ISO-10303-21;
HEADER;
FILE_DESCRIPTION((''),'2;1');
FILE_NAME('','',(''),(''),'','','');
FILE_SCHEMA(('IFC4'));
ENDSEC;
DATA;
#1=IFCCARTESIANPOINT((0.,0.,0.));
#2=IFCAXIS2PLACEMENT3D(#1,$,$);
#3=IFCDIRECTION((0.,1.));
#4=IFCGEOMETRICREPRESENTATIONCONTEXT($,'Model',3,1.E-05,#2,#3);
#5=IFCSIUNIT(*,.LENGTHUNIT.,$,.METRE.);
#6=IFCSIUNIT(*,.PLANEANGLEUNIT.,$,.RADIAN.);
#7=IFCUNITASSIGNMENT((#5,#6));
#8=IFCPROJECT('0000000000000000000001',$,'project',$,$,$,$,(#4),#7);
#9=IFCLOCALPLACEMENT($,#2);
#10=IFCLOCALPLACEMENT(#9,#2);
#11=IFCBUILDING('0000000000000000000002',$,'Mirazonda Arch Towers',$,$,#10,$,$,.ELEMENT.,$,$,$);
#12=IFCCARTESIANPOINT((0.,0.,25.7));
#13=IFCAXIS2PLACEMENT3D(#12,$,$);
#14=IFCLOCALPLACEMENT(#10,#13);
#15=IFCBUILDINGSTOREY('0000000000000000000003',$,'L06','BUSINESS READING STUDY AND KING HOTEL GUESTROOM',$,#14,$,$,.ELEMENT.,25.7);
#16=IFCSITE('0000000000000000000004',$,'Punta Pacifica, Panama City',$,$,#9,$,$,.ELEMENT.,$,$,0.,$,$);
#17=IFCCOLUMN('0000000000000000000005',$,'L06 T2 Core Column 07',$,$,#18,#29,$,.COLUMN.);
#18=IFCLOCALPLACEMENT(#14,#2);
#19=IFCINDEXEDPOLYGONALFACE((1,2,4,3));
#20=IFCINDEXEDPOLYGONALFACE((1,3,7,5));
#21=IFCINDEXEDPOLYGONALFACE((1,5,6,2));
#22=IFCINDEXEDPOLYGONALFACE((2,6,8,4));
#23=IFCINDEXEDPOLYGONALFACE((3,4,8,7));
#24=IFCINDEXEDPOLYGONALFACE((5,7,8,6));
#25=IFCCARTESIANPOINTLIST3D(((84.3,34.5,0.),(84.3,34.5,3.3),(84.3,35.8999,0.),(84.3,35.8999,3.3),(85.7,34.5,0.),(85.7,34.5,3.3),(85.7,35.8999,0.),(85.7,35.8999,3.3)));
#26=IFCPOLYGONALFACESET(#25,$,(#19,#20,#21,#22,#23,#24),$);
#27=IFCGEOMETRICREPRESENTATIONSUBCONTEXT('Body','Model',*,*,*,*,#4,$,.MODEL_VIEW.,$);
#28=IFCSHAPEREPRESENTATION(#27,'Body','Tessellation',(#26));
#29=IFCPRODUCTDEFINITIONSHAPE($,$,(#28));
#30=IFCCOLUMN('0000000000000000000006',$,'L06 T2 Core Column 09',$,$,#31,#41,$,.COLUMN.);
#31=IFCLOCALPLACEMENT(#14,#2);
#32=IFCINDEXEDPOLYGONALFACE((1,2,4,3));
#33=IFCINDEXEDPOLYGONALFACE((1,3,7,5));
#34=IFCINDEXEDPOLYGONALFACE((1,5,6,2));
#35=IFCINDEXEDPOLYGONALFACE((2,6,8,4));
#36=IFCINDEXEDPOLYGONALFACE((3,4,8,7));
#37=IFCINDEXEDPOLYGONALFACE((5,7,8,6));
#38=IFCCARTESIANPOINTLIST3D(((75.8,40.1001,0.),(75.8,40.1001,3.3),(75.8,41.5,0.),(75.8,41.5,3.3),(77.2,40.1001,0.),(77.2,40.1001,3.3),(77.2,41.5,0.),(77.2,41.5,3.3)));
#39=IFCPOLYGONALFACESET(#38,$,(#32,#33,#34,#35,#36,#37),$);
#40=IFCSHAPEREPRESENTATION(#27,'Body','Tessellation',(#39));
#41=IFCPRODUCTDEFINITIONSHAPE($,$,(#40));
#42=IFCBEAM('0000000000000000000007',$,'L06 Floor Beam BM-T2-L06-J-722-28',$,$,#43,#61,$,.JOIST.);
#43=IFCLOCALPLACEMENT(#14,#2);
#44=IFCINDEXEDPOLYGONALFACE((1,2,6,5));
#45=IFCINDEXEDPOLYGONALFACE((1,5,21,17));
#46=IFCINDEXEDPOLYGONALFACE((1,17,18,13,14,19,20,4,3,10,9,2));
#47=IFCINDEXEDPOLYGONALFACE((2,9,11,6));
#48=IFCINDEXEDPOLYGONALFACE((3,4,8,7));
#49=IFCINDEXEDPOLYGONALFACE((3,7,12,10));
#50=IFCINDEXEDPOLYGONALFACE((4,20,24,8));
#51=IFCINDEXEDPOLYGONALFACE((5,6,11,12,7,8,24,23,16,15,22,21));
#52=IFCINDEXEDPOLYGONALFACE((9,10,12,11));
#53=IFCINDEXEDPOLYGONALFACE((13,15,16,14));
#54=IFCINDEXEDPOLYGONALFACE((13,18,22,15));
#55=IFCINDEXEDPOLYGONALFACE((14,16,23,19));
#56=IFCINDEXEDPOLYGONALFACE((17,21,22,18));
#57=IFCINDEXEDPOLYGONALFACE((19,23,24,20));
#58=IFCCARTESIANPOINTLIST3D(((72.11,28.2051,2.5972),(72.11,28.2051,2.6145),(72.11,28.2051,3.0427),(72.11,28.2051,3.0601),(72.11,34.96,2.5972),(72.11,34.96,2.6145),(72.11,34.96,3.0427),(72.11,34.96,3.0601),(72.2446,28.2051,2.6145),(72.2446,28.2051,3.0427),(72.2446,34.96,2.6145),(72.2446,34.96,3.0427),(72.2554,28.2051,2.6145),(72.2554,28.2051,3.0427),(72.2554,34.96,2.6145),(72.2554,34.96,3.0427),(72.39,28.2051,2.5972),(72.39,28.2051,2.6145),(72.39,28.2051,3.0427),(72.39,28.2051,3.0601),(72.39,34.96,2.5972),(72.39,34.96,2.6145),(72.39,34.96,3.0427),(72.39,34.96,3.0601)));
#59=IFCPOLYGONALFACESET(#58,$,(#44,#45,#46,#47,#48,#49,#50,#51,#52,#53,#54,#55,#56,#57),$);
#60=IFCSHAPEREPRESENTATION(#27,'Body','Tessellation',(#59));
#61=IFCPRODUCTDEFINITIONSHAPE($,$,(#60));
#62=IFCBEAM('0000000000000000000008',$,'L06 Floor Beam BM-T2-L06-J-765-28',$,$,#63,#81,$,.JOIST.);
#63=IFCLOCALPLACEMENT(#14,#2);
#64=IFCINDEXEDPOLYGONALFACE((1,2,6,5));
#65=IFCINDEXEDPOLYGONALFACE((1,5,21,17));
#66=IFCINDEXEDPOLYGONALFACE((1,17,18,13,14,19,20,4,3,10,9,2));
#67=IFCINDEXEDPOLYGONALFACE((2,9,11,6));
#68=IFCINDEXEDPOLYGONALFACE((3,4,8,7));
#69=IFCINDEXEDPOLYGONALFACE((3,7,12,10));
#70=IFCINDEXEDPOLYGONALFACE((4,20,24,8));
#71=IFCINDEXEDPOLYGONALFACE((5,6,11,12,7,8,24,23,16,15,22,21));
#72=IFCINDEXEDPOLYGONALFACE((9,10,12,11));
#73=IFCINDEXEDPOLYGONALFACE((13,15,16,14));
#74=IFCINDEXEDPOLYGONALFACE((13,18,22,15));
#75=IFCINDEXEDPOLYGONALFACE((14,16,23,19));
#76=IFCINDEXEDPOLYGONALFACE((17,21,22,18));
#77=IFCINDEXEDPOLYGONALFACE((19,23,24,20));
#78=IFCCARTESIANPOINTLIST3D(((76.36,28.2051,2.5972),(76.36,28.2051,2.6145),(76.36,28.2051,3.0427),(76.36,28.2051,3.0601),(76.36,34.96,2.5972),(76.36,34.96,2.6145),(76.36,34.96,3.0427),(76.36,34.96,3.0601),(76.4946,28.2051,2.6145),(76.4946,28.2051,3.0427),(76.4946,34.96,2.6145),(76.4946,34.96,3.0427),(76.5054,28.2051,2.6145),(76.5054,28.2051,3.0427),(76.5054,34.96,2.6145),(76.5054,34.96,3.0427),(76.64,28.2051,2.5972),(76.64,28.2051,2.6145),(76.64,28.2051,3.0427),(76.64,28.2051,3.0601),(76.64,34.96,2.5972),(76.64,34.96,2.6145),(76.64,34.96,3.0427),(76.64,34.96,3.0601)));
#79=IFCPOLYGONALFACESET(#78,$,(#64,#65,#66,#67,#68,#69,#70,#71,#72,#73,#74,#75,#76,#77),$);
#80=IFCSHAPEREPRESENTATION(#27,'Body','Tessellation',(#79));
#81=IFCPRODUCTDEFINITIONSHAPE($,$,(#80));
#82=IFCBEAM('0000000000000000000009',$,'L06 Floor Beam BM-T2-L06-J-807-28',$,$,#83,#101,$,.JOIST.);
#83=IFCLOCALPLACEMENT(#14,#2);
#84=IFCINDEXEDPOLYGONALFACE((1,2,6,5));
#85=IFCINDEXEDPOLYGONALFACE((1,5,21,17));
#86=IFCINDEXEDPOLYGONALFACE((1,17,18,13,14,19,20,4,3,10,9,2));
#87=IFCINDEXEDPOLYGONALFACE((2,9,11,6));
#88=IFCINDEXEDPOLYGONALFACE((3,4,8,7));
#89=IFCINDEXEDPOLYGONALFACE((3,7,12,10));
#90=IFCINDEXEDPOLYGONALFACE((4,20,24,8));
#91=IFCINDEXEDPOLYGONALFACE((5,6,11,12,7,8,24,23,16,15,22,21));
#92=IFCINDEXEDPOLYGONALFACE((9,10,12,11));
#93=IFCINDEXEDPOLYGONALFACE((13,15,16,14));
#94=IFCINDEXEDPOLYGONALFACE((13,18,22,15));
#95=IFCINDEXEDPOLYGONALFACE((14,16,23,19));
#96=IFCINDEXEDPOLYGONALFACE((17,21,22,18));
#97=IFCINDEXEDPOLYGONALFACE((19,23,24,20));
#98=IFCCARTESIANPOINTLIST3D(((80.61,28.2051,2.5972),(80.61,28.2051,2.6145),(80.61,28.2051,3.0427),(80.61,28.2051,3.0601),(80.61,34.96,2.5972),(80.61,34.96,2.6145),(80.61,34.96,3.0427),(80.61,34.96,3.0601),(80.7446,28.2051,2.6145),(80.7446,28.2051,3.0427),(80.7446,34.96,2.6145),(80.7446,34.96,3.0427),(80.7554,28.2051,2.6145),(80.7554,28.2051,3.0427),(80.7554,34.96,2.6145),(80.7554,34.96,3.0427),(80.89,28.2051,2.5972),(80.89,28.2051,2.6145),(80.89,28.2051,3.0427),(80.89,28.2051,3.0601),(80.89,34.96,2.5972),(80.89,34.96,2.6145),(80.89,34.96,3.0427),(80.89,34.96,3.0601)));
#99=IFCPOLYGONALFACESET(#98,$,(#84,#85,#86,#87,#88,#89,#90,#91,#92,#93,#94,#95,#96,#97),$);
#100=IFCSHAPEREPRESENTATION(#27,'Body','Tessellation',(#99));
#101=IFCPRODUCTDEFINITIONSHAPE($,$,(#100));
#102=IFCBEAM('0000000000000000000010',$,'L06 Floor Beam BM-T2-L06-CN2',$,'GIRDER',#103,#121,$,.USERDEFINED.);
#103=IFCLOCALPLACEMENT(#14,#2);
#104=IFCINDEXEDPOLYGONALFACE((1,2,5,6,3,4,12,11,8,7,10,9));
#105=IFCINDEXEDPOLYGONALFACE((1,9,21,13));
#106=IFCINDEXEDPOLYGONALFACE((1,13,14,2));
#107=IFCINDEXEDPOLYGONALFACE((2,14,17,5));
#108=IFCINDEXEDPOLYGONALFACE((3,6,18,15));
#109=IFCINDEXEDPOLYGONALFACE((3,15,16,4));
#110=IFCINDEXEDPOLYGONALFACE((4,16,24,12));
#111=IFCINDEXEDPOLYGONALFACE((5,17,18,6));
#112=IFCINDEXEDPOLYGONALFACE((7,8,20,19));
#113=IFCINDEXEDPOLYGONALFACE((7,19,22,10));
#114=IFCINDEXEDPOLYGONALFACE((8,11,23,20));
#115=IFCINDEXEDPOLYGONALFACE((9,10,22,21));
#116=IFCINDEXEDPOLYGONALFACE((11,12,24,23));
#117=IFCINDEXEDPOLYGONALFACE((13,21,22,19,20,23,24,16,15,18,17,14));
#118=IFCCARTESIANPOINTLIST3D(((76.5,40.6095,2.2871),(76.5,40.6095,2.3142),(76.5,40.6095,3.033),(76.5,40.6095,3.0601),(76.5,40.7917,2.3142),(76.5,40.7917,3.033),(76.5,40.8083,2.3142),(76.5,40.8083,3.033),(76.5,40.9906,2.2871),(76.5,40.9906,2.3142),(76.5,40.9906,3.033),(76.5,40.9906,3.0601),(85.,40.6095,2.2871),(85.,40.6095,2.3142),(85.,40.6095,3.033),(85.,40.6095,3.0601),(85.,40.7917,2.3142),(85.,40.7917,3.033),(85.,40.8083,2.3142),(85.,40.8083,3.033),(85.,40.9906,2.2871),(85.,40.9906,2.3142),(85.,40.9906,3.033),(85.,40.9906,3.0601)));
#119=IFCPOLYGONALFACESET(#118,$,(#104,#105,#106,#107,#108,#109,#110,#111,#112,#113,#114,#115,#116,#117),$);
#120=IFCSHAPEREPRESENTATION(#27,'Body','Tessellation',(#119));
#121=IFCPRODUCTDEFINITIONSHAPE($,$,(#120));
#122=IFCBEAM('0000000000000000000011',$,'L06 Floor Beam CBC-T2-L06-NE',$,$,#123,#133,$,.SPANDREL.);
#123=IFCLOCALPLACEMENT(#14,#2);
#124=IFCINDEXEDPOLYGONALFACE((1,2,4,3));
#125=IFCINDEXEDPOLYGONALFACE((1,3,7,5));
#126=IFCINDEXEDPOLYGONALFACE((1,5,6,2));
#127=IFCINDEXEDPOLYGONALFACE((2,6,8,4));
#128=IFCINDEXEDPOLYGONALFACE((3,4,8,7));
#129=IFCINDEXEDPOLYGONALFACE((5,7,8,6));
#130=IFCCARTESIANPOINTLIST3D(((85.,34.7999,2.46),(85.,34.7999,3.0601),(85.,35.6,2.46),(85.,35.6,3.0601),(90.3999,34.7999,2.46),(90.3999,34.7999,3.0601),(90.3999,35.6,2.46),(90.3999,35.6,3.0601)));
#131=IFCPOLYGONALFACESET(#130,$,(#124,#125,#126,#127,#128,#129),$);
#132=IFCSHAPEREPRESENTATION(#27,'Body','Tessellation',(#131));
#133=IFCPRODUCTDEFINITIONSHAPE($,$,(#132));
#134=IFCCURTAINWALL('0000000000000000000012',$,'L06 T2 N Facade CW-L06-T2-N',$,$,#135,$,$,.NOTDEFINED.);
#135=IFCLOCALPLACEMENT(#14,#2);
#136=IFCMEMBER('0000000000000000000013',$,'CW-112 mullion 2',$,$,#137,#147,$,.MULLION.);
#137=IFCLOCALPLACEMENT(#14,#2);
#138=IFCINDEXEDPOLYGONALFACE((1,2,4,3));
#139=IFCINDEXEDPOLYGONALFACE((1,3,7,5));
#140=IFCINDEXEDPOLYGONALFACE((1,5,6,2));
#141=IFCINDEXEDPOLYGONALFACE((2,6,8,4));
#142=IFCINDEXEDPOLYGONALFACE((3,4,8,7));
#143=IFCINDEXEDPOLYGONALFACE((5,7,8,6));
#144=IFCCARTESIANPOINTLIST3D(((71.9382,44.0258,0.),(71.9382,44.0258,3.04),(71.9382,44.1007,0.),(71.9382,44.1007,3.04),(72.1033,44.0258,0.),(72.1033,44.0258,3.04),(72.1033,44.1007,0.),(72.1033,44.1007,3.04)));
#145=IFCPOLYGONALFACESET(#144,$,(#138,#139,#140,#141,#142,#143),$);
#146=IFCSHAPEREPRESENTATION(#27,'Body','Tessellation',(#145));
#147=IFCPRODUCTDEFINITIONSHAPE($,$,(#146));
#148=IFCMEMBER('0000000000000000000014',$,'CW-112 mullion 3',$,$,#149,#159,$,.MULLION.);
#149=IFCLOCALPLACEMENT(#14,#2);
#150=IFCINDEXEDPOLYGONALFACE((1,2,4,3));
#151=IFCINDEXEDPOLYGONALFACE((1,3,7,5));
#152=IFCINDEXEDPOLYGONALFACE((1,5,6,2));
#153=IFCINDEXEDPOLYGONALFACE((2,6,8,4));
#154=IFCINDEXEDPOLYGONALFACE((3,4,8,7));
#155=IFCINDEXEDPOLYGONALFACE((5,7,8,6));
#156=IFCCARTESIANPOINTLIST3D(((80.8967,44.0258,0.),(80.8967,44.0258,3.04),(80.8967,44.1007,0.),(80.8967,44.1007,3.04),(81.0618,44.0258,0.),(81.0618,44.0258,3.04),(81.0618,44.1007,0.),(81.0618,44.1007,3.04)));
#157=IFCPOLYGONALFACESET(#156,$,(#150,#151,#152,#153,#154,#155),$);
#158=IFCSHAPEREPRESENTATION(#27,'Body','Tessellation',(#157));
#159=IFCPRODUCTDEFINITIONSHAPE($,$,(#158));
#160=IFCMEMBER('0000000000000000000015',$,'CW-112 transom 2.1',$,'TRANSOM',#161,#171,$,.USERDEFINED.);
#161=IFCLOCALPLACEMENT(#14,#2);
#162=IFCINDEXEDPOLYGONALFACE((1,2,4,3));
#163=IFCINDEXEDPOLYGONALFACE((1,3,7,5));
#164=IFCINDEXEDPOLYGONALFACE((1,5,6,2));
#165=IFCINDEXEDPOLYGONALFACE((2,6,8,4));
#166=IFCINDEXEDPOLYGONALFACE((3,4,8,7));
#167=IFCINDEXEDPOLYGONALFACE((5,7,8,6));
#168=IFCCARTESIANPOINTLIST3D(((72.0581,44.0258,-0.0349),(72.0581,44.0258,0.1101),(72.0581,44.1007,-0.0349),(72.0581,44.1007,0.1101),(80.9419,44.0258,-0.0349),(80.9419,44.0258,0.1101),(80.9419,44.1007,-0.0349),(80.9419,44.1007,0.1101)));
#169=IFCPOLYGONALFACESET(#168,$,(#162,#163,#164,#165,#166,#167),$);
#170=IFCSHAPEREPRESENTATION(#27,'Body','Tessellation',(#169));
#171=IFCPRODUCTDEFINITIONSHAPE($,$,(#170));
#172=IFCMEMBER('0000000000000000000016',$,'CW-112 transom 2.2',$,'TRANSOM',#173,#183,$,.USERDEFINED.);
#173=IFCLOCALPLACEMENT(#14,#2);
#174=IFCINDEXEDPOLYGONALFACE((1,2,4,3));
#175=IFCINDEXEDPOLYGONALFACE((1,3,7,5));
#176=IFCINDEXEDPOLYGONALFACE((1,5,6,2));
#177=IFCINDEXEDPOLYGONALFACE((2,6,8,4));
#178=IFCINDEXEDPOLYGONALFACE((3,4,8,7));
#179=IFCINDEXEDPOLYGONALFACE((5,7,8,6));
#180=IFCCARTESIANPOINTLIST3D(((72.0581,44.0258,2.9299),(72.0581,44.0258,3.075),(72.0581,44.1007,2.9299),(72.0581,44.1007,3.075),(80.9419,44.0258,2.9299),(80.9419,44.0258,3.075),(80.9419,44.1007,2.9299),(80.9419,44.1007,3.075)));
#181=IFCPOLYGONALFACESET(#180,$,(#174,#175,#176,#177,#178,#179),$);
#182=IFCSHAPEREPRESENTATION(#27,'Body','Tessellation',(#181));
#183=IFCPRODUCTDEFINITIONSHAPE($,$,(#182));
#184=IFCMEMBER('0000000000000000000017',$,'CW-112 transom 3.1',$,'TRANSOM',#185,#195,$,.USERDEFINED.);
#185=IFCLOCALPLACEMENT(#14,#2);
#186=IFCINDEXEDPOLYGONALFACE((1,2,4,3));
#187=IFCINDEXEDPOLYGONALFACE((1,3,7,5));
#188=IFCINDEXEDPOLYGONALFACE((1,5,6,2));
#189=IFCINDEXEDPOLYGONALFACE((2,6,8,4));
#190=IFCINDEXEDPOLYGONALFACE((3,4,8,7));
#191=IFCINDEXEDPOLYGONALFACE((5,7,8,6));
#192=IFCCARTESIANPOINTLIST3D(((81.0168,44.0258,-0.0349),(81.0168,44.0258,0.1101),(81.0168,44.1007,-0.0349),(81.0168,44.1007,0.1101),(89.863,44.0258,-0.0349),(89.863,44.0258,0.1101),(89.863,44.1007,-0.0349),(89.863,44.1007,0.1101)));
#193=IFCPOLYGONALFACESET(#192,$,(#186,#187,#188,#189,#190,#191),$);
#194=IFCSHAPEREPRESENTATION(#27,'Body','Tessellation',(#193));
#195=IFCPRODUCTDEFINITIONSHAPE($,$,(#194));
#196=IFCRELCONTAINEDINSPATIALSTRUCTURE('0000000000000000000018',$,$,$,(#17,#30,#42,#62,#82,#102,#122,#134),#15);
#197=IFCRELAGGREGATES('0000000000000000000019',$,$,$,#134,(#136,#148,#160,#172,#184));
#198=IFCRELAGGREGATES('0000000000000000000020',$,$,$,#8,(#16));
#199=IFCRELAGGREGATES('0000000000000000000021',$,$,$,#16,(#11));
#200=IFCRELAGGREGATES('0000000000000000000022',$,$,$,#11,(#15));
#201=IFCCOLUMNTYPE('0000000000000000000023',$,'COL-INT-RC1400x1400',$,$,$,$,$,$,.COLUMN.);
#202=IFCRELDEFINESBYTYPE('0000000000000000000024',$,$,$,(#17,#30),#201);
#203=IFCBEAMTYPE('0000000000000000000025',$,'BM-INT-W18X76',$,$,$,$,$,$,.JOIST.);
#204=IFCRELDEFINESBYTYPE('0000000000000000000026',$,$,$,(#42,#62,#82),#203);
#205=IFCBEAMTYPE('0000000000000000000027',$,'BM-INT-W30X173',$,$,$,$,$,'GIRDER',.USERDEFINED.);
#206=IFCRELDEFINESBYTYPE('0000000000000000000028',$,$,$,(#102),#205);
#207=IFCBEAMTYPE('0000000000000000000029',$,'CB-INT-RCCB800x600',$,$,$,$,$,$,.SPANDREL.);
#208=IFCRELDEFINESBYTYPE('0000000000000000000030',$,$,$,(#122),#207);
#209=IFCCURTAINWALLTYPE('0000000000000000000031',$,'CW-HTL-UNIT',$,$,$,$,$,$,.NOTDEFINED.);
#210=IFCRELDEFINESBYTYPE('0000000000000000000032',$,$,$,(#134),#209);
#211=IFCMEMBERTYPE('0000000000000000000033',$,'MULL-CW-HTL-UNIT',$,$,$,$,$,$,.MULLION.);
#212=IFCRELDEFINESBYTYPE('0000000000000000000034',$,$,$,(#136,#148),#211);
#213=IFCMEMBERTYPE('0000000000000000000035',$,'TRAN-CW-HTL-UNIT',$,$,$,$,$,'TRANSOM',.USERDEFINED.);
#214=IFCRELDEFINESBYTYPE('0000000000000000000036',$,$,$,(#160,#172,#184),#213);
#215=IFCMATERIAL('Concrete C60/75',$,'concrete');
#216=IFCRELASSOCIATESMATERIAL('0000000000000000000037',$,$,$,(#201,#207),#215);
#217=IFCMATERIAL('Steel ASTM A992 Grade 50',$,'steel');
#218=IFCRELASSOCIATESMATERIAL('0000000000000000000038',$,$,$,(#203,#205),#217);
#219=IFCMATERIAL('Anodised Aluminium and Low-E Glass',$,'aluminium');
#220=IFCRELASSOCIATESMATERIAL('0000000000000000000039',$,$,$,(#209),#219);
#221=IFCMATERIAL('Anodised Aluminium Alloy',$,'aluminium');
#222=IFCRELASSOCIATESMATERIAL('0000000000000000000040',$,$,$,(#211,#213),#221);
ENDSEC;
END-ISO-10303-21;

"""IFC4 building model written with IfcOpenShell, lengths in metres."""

from ifc_helpers import new_model, si_unit, direction, frame, origin, origin_2d, place, context, subcontext, project, spatial, rectangle, i_section, extrude, material, material_profile, profile_set, type_object, element, aggregate, save


model = new_model("IFC4")

# Units and contexts
model_context = context("Model", 3, precision=1e-05, world=origin(), true_north=direction((0.0, 1.0)))
body_context = subcontext(model_context, "Body", "Model", "MODEL_VIEW")
ifc_project = project(units=[si_unit("LENGTHUNIT", "METRE"), si_unit("PLANEANGLEUNIT", "RADIAN")], contexts=[model_context])

# Site, building, storey
site_placement = place(None, origin())
site = spatial("IfcSite", under=ifc_project, at=site_placement, Name="Punta Pacifica, Panama City", CompositionType="ELEMENT", RefElevation=0.0)
building_placement = place(site_placement, origin())
building = spatial("IfcBuilding", under=site, at=building_placement, Name="Mirazonda Arch Towers", CompositionType="ELEMENT")
storey_placement = place(building_placement, frame((0.0, 0.0, 25.7)))
storey = spatial("IfcBuildingStorey", under=building, at=storey_placement, Name="L06", Description="BUSINESS READING STUDY AND KING HOTEL GUESTROOM", CompositionType="ELEMENT", Elevation=25.7)

# Columns
ifc_material_1 = material(Name="Concrete C60/75", Category="concrete")
ifc_material_profile_1 = material_profile(ifc_material_1, rectangle(XDim=1.3999, YDim=1.3999, at=origin_2d()), Name="RC1400x1400")
ifc_profile_set_1 = profile_set([ifc_material_profile_1], Name="Concrete C60/75")
column_type = type_object("IfcColumnType", Name="COL-INT-RC1400x1400", PredefinedType="COLUMN", material=ifc_profile_set_1)
for number, where, z_axis, x_axis, name in (
    (1, (85.0, 35.2, 0.0), (0.0, 0.0, 1.0), (1.0, 0.0, 0.0), "L06 T2 Core Column 07"),
    (2, (76.5, 40.8, 0.0), (0.0, 0.0, 1.0), (1.0, 0.0, 0.0), "L06 T2 Core Column 09"),
):
    element("IfcColumn", number, at=place(storey_placement, frame(where, z_axis=z_axis, x_axis=x_axis)), inside=storey, type_object=column_type, Name=name, PredefinedType="COLUMN", context=body_context, shape_type="SweptSolid", body=[
        extrude(rectangle(XDim=1.3999, YDim=1.3999, at=origin_2d()), origin(), (0.0, 0.0, 1.0), 3.3),
    ])

# Beams
ifc_material_2 = material(Name="Steel ASTM A992 Grade 50", Category="steel")
ifc_material_profile_2 = material_profile(ifc_material_2, i_section(OverallWidth=0.28, OverallDepth=0.4629, WebThickness=0.0107, FlangeThickness=0.0173, at=origin_2d()), Name="W18X76")
ifc_profile_set_2 = profile_set([ifc_material_profile_2], Name="Steel ASTM A992 Grade 50")
beam_type_1 = type_object("IfcBeamType", Name="BM-INT-W18X76", PredefinedType="JOIST", material=ifc_profile_set_2)
for number, where, z_axis, x_axis, name in (
    (3, (72.25, 28.2051, 2.8286), (0.0, 1.0, 0.0), (-1.0, 0.0, 0.0), "L06 Floor Beam BM-T2-L06-J-722-28"),
    (4, (76.5, 28.2051, 2.8286), (0.0, 1.0, 0.0), (-1.0, 0.0, 0.0), "L06 Floor Beam BM-T2-L06-J-765-28"),
    (5, (80.75, 28.2051, 2.8286), (0.0, 1.0, 0.0), (-1.0, 0.0, 0.0), "L06 Floor Beam BM-T2-L06-J-807-28"),
):
    element("IfcBeam", number, at=place(storey_placement, frame(where, z_axis=z_axis, x_axis=x_axis)), inside=storey, type_object=beam_type_1, Name=name, PredefinedType="JOIST", context=body_context, shape_type="SweptSolid", body=[
        extrude(i_section(OverallWidth=0.28, OverallDepth=0.4629, WebThickness=0.0107, FlangeThickness=0.0173, at=origin_2d()), origin(), (0.0, 0.0, 1.0), 6.7549),
    ])
ifc_material_profile_3 = material_profile(ifc_material_2, i_section(OverallWidth=0.3811, OverallDepth=0.7729, WebThickness=0.0166, FlangeThickness=0.0271, at=origin_2d()), Name="W30X173")
ifc_profile_set_3 = profile_set([ifc_material_profile_3], Name="Steel ASTM A992 Grade 50")
beam_type_2 = type_object("IfcBeamType", Name="BM-INT-W30X173", ElementType="GIRDER", PredefinedType="USERDEFINED", material=ifc_profile_set_3)
beam_1_placement = place(storey_placement, frame((76.5, 40.8, 2.6736), z_axis=(1.0, 0.0, 0.0), x_axis=(0.0, 1.0, 0.0)))
element("IfcBeam", 6, at=beam_1_placement, inside=storey, type_object=beam_type_2, Name="L06 Floor Beam BM-T2-L06-CN2", ObjectType="GIRDER", PredefinedType="USERDEFINED", context=body_context, shape_type="SweptSolid", body=[
    extrude(i_section(OverallWidth=0.3811, OverallDepth=0.7729, WebThickness=0.0166, FlangeThickness=0.0271, at=origin_2d()), origin(), (0.0, 0.0, 1.0), 8.5),
])
ifc_material_profile_4 = material_profile(ifc_material_1, rectangle(XDim=0.8, YDim=0.6001, at=origin_2d()), Name="RCCB800x600")
ifc_profile_set_4 = profile_set([ifc_material_profile_4], Name="Concrete C60/75")
beam_type_3 = type_object("IfcBeamType", Name="CB-INT-RCCB800x600", PredefinedType="SPANDREL", material=ifc_profile_set_4)
beam_2_placement = place(storey_placement, frame((85.0, 35.2, 2.76), z_axis=(1.0, 0.0, 0.0), x_axis=(0.0, 1.0, 0.0)))
element("IfcBeam", 7, at=beam_2_placement, inside=storey, type_object=beam_type_3, Name="L06 Floor Beam CBC-T2-L06-NE", PredefinedType="SPANDREL", context=body_context, shape_type="SweptSolid", body=[
    extrude(rectangle(XDim=0.8, YDim=0.6001, at=origin_2d()), origin(), (0.0, 0.0, 1.0), 5.3999),
])

# Curtain wall, members
ifc_material_3 = material(Name="Anodised Aluminium and Low-E Glass", Category="aluminium")
curtain_wall_type = type_object("IfcCurtainWallType", Name="CW-HTL-UNIT", PredefinedType="NOTDEFINED", material=ifc_material_3)
curtain_wall_placement = place(storey_placement, origin())
curtain_wall = element("IfcCurtainWall", 8, at=curtain_wall_placement, inside=storey, type_object=curtain_wall_type, Name="L06 T2 N Facade CW-L06-T2-N", PredefinedType="NOTDEFINED")
ifc_material_4 = material(Name="Anodised Aluminium Alloy", Category="aluminium")
ifc_material_profile_5 = material_profile(ifc_material_4, rectangle(XDim=0.075, YDim=0.165, at=origin_2d()), Name="ALU-MULL-75x165")
ifc_profile_set_5 = profile_set([ifc_material_profile_5], Name="Anodised Aluminium Alloy")
member_type_1 = type_object("IfcMemberType", Name="MULL-CW-HTL-UNIT", PredefinedType="MULLION", material=ifc_profile_set_5)
member_1_placement = place(storey_placement, frame((72.0208, 44.0632, 0.0), z_axis=(0.0, 0.0, 1.0), x_axis=(0.0, 1.0, 0.0)))
member_1 = element("IfcMember", 9, at=member_1_placement, type_object=member_type_1, Name="CW-112 mullion 2", PredefinedType="MULLION", context=body_context, shape_type="SweptSolid", body=[
    extrude(rectangle(XDim=0.075, YDim=0.165, at=origin_2d()), origin(), (0.0, 0.0, 1.0), 3.04),
])
member_2_placement = place(storey_placement, frame((80.9792, 44.0632, 0.0), z_axis=(0.0, 0.0, 1.0), x_axis=(0.0, 1.0, 0.0)))
member_2 = element("IfcMember", 10, at=member_2_placement, type_object=member_type_1, Name="CW-112 mullion 3", PredefinedType="MULLION", context=body_context, shape_type="SweptSolid", body=[
    extrude(rectangle(XDim=0.075, YDim=0.165, at=origin_2d()), origin(), (0.0, 0.0, 1.0), 3.04),
])
ifc_material_profile_6 = material_profile(ifc_material_4, rectangle(XDim=0.075, YDim=0.145, at=origin_2d()), Name="ALU-TRAN-75x145")
ifc_profile_set_6 = profile_set([ifc_material_profile_6], Name="Anodised Aluminium Alloy")
member_type_2 = type_object("IfcMemberType", Name="TRAN-CW-HTL-UNIT", ElementType="TRANSOM", PredefinedType="USERDEFINED", material=ifc_profile_set_6)
member_3_placement = place(storey_placement, frame((72.0581, 44.0632, 0.0376), z_axis=(1.0, 0.0, 0.0), x_axis=(0.0, 1.0, 0.0)))
member_3 = element("IfcMember", 11, at=member_3_placement, type_object=member_type_2, Name="CW-112 transom 2.1", ObjectType="TRANSOM", PredefinedType="USERDEFINED", context=body_context, shape_type="SweptSolid", body=[
    extrude(rectangle(XDim=0.075, YDim=0.145, at=origin_2d()), origin(), (0.0, 0.0, 1.0), 8.8838),
])
member_4_placement = place(storey_placement, frame((72.0581, 44.0632, 3.0024), z_axis=(1.0, 0.0, 0.0), x_axis=(0.0, 1.0, 0.0)))
member_4 = element("IfcMember", 12, at=member_4_placement, type_object=member_type_2, Name="CW-112 transom 2.2", ObjectType="TRANSOM", PredefinedType="USERDEFINED", context=body_context, shape_type="SweptSolid", body=[
    extrude(rectangle(XDim=0.075, YDim=0.145, at=origin_2d()), origin(), (0.0, 0.0, 1.0), 8.8838),
])
member_5_placement = place(storey_placement, frame((81.0168, 44.0632, 0.0376), z_axis=(1.0, 0.0, 0.0), x_axis=(0.0, 1.0, 0.0)))
member_5 = element("IfcMember", 13, at=member_5_placement, type_object=member_type_2, Name="CW-112 transom 3.1", ObjectType="TRANSOM", PredefinedType="USERDEFINED", context=body_context, shape_type="SweptSolid", body=[
    extrude(rectangle(XDim=0.075, YDim=0.145, at=origin_2d()), origin(), (0.0, 0.0, 1.0), 8.8462),
])
aggregate(curtain_wall, [member_1, member_2, member_3, member_4, member_5])

save(model, "model.ifc")
